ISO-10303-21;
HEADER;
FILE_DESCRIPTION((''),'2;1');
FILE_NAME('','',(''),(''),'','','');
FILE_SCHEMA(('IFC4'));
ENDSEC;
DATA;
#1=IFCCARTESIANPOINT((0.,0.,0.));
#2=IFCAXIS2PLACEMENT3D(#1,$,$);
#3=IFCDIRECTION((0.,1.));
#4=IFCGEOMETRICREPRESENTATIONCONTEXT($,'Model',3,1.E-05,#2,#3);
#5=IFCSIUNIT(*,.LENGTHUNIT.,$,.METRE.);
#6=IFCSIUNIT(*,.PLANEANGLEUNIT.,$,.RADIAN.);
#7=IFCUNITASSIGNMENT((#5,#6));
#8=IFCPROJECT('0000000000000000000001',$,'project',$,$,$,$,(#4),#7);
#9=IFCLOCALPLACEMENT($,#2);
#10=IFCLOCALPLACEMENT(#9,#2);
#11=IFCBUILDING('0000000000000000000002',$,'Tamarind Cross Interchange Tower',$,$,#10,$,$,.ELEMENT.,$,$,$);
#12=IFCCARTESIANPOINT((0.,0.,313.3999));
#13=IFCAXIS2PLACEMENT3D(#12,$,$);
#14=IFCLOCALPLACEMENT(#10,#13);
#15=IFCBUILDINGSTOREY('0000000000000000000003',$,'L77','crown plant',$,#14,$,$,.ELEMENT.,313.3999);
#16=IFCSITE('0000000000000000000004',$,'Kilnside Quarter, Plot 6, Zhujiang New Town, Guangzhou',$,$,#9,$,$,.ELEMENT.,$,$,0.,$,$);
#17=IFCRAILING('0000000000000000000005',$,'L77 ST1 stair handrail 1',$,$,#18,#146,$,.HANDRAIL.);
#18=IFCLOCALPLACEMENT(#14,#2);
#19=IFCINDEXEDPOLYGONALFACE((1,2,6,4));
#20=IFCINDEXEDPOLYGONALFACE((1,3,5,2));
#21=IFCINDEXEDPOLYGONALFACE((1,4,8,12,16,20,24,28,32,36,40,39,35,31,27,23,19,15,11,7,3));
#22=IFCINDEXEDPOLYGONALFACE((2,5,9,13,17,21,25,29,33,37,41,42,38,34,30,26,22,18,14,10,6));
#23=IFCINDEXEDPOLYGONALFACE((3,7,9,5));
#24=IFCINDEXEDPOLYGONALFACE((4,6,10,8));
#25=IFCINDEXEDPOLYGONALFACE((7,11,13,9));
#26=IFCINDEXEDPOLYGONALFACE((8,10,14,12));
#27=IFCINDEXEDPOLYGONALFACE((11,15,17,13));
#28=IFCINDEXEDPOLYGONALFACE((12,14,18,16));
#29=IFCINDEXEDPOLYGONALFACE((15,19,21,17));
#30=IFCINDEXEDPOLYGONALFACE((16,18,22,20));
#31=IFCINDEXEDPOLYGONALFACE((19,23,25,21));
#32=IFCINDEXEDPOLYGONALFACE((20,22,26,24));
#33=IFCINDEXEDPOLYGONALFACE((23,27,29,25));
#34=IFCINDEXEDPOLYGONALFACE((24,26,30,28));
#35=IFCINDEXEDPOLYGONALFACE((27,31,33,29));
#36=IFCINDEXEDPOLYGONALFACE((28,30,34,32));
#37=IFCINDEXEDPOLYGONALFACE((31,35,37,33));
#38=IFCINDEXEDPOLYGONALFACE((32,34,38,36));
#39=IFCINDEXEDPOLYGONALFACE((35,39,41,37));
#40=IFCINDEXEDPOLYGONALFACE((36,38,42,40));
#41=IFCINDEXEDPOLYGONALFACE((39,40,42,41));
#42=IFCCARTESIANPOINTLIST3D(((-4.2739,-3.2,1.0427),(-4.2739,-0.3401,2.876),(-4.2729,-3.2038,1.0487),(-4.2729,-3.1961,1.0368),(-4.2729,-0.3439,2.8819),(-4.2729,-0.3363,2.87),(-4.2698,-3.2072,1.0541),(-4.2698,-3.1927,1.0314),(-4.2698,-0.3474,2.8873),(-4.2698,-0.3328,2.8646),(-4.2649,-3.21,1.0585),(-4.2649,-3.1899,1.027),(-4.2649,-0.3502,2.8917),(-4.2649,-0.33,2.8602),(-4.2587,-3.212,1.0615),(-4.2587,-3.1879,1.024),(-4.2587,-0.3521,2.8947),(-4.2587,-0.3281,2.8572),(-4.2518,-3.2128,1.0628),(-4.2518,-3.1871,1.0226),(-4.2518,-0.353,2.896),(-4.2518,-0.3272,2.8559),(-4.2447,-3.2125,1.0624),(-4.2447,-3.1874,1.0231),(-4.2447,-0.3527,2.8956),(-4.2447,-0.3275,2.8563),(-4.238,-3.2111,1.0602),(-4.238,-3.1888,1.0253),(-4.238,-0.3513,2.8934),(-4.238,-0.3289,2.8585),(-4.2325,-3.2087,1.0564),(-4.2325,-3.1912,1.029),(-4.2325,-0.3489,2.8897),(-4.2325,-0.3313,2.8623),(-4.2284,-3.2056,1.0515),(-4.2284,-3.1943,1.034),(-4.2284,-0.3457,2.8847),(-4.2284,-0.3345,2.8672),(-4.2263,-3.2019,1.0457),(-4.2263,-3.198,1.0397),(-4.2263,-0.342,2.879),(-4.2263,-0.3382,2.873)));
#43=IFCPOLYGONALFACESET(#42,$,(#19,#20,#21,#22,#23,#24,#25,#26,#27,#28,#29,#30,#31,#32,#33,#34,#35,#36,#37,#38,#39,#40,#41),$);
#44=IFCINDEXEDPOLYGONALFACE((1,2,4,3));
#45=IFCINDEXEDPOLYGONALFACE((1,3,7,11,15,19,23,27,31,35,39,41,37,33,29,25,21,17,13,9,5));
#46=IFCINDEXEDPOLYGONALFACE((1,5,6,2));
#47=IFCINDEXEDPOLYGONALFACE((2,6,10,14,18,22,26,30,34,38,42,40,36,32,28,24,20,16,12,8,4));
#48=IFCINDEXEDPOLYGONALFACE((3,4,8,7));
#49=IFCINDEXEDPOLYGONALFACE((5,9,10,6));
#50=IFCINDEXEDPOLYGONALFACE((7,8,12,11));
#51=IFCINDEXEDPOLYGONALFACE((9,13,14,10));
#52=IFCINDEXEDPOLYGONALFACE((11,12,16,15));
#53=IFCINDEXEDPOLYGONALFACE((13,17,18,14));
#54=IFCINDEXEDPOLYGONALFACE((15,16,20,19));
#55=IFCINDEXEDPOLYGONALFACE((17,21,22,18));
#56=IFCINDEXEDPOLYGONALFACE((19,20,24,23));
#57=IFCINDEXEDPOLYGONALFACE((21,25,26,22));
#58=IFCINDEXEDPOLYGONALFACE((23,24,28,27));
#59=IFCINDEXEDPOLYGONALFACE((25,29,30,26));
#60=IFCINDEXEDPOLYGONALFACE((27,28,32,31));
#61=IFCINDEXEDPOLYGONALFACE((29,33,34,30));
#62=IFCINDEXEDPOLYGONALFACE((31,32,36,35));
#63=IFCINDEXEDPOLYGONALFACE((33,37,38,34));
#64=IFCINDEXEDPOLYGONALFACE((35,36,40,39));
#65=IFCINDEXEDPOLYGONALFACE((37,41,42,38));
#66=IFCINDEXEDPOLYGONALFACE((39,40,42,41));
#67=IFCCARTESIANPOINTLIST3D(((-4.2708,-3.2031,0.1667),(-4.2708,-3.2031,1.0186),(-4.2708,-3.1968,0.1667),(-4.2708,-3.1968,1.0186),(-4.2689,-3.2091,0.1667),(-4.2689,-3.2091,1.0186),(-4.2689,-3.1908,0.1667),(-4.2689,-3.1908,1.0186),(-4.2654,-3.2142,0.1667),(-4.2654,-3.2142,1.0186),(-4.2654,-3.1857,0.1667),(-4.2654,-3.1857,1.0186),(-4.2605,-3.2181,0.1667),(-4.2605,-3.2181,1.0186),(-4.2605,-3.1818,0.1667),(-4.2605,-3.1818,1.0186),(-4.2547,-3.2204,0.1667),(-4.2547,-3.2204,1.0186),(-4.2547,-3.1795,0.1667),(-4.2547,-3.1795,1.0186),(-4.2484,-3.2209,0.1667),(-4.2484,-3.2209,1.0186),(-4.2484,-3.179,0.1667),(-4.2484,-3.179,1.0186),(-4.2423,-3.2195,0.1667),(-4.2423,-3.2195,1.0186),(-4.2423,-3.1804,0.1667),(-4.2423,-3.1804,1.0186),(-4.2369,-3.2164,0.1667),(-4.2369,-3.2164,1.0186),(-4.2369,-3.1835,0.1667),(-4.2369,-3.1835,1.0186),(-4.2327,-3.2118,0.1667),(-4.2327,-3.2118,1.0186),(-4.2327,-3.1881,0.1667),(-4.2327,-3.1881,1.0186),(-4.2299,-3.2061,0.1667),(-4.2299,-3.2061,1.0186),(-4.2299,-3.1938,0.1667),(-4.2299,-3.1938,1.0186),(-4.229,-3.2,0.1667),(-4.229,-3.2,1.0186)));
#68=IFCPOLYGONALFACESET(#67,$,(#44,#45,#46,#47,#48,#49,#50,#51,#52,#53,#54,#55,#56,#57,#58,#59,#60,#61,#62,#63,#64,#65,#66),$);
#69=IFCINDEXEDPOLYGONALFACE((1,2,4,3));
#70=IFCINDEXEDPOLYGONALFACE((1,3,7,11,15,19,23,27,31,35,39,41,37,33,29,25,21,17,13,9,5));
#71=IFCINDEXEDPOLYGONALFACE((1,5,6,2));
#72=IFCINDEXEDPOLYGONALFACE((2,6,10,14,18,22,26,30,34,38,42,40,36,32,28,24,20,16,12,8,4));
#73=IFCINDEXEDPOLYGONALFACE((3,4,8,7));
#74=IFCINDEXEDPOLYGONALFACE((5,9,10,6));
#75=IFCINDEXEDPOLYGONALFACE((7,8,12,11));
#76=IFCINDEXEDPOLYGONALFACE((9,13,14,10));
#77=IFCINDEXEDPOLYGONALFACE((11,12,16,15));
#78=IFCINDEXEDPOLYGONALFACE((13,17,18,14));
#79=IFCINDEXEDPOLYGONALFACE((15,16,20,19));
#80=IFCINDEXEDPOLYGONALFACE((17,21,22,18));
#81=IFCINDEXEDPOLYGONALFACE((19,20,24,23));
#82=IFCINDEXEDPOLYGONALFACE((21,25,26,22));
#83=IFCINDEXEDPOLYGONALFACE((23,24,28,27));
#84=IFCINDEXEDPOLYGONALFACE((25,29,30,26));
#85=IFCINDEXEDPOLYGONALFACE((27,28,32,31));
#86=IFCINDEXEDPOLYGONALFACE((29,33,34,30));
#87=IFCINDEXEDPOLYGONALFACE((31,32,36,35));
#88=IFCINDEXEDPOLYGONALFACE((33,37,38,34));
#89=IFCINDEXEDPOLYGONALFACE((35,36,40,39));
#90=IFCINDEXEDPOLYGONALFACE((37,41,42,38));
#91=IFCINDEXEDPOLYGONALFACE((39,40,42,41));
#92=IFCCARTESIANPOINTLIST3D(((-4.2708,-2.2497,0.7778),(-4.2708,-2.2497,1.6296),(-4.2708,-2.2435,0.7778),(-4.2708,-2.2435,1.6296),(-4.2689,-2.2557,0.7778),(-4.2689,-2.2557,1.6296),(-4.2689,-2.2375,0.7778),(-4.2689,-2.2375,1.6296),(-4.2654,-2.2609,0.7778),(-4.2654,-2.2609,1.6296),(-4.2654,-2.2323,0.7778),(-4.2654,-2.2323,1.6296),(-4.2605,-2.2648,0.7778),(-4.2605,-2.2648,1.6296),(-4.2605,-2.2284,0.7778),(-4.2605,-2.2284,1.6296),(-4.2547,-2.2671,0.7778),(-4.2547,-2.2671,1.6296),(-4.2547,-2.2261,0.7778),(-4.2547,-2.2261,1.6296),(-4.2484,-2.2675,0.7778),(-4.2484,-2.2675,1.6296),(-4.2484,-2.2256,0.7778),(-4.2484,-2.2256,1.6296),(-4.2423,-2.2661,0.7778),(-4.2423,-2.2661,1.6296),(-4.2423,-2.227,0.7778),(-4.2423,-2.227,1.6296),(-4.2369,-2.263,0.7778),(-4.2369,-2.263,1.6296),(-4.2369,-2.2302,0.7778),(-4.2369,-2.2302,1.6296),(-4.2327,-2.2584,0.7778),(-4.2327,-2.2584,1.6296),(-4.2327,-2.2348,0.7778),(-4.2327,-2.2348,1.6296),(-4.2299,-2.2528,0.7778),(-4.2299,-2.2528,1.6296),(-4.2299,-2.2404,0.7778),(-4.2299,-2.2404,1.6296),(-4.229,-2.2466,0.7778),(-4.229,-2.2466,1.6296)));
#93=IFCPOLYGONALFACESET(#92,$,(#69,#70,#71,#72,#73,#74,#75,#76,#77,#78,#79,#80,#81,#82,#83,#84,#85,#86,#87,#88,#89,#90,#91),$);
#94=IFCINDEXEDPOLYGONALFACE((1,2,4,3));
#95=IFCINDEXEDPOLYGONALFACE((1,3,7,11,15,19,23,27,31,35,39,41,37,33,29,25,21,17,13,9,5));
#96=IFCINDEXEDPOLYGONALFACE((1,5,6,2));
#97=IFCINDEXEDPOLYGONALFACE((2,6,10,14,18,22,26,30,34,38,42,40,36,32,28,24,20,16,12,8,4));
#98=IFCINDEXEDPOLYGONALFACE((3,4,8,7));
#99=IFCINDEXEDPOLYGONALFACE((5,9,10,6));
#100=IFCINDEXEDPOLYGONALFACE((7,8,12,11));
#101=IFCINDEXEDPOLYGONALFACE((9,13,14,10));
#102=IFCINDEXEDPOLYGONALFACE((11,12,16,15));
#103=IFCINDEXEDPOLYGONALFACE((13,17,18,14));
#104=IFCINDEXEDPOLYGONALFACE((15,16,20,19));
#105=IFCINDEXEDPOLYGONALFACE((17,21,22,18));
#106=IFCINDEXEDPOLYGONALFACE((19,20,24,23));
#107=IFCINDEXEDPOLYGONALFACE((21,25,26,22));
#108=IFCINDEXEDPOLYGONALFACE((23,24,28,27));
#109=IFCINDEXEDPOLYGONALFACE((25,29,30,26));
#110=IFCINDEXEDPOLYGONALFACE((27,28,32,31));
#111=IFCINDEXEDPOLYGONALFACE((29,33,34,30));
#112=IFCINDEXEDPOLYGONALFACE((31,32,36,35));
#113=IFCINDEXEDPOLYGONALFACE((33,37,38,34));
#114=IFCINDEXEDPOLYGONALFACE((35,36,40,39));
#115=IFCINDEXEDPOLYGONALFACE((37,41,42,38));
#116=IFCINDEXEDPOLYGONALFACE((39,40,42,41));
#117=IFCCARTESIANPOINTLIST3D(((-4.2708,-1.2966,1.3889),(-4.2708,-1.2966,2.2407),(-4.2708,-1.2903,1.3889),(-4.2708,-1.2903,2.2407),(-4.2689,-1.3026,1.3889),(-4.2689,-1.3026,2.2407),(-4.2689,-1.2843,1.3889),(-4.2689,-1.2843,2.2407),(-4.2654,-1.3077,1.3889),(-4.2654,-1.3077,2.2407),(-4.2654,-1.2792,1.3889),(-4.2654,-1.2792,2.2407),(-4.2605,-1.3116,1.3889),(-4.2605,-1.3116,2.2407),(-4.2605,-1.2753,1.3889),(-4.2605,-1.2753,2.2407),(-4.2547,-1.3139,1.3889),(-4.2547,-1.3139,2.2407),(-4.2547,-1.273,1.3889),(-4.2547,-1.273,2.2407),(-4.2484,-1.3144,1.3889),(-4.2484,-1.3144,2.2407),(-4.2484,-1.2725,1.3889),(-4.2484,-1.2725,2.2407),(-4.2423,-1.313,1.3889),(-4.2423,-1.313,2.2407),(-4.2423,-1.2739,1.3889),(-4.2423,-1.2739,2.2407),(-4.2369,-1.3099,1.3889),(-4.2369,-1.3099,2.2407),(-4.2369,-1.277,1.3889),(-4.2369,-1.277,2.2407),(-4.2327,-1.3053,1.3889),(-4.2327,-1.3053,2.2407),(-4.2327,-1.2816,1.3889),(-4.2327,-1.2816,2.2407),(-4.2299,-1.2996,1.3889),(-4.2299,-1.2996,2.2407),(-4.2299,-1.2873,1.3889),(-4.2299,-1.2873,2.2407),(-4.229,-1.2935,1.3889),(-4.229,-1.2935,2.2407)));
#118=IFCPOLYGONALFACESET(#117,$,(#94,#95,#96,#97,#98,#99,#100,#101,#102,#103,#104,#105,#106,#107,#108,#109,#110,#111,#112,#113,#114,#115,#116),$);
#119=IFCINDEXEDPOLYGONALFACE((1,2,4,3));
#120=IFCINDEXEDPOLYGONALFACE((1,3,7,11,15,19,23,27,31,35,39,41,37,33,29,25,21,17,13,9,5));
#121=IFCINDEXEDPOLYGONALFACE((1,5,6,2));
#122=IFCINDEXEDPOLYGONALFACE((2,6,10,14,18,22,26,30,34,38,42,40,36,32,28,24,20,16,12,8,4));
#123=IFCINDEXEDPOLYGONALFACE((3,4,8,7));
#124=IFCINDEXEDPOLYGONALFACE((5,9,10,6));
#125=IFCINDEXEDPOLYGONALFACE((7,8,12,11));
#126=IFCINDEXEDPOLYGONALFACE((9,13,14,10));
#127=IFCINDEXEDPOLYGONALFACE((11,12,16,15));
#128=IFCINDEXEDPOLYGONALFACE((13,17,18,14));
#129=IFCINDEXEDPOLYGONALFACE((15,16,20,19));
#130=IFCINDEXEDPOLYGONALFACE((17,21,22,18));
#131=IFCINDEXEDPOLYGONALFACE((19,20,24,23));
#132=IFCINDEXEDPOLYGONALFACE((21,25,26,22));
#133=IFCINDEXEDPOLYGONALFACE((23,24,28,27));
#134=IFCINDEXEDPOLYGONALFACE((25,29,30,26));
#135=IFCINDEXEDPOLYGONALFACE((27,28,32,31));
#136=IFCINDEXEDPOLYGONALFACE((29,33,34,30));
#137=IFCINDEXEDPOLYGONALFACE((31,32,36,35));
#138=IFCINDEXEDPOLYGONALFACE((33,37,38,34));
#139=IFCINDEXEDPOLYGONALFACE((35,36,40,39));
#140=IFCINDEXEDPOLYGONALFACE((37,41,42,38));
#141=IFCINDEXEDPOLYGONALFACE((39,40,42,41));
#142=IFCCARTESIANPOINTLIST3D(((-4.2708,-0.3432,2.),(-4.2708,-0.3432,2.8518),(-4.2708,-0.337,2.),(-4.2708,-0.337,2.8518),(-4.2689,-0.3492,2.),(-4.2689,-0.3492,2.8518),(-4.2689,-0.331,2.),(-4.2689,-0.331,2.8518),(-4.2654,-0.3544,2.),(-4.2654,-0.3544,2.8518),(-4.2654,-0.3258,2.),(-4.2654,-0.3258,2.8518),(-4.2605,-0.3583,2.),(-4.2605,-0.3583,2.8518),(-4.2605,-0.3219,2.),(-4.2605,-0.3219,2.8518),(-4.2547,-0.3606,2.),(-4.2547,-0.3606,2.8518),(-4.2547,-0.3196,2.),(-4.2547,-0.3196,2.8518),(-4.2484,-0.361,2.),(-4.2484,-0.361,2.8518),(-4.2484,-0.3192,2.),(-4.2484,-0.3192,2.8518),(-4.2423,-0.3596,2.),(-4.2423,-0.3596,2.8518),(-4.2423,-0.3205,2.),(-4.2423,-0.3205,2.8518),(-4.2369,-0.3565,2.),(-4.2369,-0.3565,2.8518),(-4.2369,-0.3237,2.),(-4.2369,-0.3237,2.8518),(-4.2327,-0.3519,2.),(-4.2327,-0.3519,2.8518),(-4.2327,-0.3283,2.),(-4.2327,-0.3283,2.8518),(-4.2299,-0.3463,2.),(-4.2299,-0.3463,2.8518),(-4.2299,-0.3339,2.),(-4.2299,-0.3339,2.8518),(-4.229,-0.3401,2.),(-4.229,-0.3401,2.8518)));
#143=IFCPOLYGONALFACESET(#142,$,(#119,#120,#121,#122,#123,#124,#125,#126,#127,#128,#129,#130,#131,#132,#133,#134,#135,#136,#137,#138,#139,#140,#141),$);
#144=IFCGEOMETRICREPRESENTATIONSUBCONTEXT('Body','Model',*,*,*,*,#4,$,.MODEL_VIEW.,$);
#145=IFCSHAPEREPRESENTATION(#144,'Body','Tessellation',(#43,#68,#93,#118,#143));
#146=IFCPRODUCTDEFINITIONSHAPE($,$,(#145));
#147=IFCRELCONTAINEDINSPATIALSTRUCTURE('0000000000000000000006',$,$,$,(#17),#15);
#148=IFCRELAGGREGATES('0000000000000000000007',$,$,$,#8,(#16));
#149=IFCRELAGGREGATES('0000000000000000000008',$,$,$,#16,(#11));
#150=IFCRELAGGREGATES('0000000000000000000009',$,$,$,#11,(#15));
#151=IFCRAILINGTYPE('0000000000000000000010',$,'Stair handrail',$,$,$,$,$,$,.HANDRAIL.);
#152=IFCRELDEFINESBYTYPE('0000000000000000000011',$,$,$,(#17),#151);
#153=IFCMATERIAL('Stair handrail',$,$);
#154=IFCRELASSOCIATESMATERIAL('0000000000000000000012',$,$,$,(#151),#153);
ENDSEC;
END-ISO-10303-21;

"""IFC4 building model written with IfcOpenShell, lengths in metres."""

from ifc_helpers import new_model, si_unit, direction, frame, origin, origin_2d, place, context, subcontext, project, spatial, circle, extrude, material, type_object, element, save


model = new_model("IFC4")

# Units and contexts
model_context = context("Model", 3, precision=1e-05, world=origin(), true_north=direction((0.0, 1.0)))
body_context = subcontext(model_context, "Body", "Model", "MODEL_VIEW")
ifc_project = project(units=[si_unit("LENGTHUNIT", "METRE"), si_unit("PLANEANGLEUNIT", "RADIAN")], contexts=[model_context])

# Site, building, storey
site_placement = place(None, origin())
site = spatial("IfcSite", under=ifc_project, at=site_placement, Name="Kilnside Quarter, Plot 6, Zhujiang New Town, Guangzhou", CompositionType="ELEMENT", RefElevation=0.0)
building_placement = place(site_placement, origin())
building = spatial("IfcBuilding", under=site, at=building_placement, Name="Tamarind Cross Interchange Tower", CompositionType="ELEMENT")
storey_placement = place(building_placement, frame((0.0, 0.0, 313.3999)))
storey = spatial("IfcBuildingStorey", under=building, at=storey_placement, Name="L77", Description="crown plant", CompositionType="ELEMENT", Elevation=313.3999)

# Railing
ifc_material_1 = material(Name="Stair handrail")
railing_type_1 = type_object("IfcRailingType", Name="Stair handrail", PredefinedType="HANDRAIL", material=ifc_material_1)
railing_1_placement = place(storey_placement, frame((-4.25, -3.2, 0.1667)))
element("IfcRailing", 1, at=railing_1_placement, inside=storey, type_object=railing_type_1, Name="L77 ST1 stair handrail 1", PredefinedType="HANDRAIL", context=body_context, shape_type="SweptSolid", body=[
    extrude(circle(Radius=0.0239, at=origin_2d()), frame((0.0, 0.0, 0.876), z_axis=(0.0, 0.841878, 0.539667), x_axis=(-1.0, 0.0, 0.0)), (0.0, 0.0, 1.0), 3.397),
    extrude(circle(Radius=0.021, at=origin_2d()), origin(), (0.0, 0.0, 1.0), 0.8518),
    extrude(circle(Radius=0.021, at=origin_2d()), frame((0.0, 0.9534, 0.6111)), (0.0, 0.0, 1.0), 0.8518),
    extrude(circle(Radius=0.021, at=origin_2d()), frame((0.0, 1.9065, 1.2222)), (0.0, 0.0, 1.0), 0.8518),
    extrude(circle(Radius=0.021, at=origin_2d()), frame((0.0, 2.8599, 1.8333)), (0.0, 0.0, 1.0), 0.8518),
])

save(model, "model.ifc")
